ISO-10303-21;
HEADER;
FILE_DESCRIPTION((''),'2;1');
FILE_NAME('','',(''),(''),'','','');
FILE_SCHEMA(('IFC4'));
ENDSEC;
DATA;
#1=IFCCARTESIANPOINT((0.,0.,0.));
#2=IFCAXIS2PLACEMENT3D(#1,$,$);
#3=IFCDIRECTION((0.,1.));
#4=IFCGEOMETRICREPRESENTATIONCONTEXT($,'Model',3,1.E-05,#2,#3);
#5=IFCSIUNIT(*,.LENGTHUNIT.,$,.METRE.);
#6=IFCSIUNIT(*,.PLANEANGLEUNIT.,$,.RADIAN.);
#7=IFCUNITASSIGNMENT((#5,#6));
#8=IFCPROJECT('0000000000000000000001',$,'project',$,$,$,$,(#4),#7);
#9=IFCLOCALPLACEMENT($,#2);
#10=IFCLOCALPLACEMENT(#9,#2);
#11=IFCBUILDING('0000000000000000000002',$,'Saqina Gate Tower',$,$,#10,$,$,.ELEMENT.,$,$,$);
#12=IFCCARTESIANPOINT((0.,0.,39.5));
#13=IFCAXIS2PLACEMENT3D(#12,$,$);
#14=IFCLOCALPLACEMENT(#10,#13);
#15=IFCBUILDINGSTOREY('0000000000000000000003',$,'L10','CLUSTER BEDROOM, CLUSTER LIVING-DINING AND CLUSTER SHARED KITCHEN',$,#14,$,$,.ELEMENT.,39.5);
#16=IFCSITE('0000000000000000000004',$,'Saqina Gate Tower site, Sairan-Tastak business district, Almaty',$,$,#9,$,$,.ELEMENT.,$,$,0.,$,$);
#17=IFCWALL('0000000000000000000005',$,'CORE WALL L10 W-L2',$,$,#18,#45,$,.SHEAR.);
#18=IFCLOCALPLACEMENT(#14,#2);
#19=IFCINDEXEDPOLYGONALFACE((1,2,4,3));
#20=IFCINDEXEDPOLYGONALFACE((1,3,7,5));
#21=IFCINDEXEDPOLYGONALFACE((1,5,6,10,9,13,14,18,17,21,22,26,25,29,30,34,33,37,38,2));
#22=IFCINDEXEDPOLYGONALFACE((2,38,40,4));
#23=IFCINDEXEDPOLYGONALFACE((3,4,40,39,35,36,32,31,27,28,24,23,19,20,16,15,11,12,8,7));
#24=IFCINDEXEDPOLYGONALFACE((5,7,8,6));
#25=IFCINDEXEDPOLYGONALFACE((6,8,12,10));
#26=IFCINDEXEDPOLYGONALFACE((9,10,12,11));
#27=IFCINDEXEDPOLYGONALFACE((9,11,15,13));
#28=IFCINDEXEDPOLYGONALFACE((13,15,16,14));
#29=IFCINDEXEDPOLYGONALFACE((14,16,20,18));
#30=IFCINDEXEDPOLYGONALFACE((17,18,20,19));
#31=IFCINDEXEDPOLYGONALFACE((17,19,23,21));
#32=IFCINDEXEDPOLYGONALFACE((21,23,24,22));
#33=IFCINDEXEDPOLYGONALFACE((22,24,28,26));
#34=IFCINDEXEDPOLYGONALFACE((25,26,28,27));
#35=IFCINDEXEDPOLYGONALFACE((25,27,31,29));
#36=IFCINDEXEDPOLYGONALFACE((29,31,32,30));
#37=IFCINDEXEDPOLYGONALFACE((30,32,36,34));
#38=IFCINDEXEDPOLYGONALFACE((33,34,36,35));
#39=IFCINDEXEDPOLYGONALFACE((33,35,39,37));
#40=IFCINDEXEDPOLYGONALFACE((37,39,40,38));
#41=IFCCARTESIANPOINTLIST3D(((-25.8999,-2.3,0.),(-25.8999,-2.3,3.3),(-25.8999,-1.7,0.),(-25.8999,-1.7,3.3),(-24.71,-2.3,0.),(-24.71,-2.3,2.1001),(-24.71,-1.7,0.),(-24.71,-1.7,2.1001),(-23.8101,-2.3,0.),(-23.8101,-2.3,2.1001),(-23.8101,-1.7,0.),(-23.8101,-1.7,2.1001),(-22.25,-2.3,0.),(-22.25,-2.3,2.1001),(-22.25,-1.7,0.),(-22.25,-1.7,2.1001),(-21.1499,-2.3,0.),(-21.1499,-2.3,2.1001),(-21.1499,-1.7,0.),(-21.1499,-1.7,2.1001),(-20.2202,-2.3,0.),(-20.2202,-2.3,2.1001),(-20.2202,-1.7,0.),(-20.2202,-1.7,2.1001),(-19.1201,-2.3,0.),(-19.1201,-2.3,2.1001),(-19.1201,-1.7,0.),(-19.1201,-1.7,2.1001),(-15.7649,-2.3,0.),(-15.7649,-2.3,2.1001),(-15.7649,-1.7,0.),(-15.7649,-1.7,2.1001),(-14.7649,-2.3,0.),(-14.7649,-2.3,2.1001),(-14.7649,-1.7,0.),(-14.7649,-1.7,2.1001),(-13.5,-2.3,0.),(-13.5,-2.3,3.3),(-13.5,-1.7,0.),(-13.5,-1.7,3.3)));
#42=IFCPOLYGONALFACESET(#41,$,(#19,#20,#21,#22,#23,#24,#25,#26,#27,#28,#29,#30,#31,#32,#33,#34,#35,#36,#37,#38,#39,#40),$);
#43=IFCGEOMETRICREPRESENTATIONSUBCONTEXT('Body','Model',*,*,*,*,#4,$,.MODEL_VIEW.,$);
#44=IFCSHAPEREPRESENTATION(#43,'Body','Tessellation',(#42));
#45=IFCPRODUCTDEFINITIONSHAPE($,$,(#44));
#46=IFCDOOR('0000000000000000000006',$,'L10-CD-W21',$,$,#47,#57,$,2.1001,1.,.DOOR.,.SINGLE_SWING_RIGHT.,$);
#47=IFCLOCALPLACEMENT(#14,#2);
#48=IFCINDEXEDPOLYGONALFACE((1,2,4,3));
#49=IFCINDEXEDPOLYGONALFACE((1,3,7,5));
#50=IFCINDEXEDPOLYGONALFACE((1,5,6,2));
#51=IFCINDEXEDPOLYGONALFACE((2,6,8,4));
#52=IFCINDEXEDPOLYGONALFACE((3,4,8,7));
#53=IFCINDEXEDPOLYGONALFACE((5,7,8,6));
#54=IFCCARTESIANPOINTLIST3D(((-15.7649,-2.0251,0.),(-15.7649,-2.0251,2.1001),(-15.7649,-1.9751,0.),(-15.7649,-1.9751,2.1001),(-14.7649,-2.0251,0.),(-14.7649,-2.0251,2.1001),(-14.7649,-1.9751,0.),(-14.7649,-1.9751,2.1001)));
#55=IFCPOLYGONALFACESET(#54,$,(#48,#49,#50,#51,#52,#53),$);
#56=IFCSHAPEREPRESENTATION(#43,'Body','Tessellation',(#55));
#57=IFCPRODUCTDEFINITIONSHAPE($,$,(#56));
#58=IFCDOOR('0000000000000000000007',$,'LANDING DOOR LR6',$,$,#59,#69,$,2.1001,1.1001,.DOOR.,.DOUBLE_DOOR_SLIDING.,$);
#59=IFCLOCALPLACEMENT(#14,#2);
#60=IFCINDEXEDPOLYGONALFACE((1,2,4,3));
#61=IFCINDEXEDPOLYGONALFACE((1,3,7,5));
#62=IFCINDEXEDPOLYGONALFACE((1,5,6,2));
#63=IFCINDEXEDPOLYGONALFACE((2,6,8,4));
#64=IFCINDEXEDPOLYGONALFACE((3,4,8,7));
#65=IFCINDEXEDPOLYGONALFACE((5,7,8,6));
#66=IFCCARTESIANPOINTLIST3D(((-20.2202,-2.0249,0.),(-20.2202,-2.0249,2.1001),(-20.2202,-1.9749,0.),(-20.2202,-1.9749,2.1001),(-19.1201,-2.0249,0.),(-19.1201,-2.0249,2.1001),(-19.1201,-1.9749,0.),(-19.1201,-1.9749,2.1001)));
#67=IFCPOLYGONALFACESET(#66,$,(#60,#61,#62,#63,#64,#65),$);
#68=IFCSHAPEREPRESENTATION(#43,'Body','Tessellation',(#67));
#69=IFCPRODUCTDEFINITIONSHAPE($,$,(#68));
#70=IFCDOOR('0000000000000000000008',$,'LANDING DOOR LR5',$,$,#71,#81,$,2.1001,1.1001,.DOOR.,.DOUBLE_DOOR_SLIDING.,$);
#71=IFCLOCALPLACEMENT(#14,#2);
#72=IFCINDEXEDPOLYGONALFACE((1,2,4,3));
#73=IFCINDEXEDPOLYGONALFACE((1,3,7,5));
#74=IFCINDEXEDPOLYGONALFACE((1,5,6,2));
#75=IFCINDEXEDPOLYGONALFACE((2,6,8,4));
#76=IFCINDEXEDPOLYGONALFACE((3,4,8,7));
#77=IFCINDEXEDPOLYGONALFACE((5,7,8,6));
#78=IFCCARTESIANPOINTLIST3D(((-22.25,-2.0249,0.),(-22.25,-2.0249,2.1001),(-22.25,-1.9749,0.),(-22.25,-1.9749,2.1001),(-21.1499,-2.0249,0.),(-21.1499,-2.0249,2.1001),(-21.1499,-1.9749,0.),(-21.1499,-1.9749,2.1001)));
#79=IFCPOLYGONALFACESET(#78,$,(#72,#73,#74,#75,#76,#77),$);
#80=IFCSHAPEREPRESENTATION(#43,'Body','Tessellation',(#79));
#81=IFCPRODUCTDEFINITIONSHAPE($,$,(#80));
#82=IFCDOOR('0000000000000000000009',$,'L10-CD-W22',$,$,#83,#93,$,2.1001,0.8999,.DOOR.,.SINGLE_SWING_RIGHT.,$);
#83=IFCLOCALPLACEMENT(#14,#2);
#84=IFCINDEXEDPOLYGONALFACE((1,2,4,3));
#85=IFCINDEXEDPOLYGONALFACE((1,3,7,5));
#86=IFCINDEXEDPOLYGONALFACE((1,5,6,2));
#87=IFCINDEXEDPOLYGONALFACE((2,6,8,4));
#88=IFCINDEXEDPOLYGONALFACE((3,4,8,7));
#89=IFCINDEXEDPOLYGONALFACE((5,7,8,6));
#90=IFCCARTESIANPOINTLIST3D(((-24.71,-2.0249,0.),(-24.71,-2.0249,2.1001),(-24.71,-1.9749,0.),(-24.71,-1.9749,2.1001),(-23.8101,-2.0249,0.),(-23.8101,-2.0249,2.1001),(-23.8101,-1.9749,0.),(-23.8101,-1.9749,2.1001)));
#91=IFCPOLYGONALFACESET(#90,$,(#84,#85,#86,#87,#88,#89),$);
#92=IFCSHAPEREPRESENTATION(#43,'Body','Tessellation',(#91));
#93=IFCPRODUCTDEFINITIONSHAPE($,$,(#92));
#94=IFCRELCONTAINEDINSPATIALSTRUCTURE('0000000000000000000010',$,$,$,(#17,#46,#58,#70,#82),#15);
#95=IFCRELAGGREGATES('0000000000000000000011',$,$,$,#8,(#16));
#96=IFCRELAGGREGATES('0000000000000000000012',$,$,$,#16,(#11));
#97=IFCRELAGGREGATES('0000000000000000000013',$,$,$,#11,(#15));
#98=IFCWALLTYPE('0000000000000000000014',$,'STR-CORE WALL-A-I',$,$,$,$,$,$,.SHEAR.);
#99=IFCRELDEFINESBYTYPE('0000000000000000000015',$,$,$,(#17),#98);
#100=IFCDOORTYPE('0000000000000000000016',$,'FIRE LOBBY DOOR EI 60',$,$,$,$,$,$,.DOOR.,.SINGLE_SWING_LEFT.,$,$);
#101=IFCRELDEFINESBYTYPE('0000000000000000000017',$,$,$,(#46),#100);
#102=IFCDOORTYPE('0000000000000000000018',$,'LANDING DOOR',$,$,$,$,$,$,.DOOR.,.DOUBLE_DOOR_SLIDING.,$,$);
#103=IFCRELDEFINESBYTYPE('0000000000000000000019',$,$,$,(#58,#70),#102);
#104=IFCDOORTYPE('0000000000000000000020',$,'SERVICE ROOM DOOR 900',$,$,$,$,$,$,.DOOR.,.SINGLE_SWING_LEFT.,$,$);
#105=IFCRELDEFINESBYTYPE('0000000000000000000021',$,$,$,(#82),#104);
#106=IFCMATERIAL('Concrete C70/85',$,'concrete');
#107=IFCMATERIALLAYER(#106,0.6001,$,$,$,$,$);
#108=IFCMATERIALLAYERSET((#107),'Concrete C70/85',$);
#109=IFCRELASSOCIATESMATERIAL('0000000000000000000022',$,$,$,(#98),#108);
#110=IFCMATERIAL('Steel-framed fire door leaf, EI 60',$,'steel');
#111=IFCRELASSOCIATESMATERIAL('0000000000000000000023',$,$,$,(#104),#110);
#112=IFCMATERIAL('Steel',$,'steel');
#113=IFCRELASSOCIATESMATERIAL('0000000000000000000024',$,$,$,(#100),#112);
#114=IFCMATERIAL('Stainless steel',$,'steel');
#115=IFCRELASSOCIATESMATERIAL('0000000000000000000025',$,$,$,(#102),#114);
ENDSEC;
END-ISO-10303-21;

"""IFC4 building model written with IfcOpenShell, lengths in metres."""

from ifc_helpers import new_model, si_unit, direction, frame, frame_2d, origin, place, context, subcontext, project, spatial, rectangle, extrude, material, layer, layer_set, type_object, element, fill, save


model = new_model("IFC4")

# Units and contexts
model_context = context("Model", 3, precision=1e-05, world=origin(), true_north=direction((0.0, 1.0)))
body_context = subcontext(model_context, "Body", "Model", "MODEL_VIEW")
ifc_project = project(units=[si_unit("LENGTHUNIT", "METRE"), si_unit("PLANEANGLEUNIT", "RADIAN")], contexts=[model_context])

# Site, building, storey
site_placement = place(None, origin())
site = spatial("IfcSite", under=ifc_project, at=site_placement, Name="Saqina Gate Tower site, Sairan-Tastak business district, Almaty", CompositionType="ELEMENT", RefElevation=0.0)
building_placement = place(site_placement, origin())
building = spatial("IfcBuilding", under=site, at=building_placement, Name="Saqina Gate Tower", CompositionType="ELEMENT")
storey_placement = place(building_placement, frame((0.0, 0.0, 39.5)))
storey = spatial("IfcBuildingStorey", under=building, at=storey_placement, Name="L10", Description="CLUSTER BEDROOM, CLUSTER LIVING-DINING AND CLUSTER SHARED KITCHEN", CompositionType="ELEMENT", Elevation=39.5)

# Wall, openings, doors
ifc_material_1 = material(Name="Concrete C70/85", Category="concrete")
ifc_layer_1 = layer(ifc_material_1, 0.6001)
ifc_layer_set_1 = layer_set([ifc_layer_1], Name="Concrete C70/85")
wall_type_1 = type_object("IfcWallType", Name="STR-CORE WALL-A-I", PredefinedType="SHEAR", material=ifc_layer_set_1)
ifc_material_2 = material(Name="Steel-framed fire door leaf, EI 60", Category="steel")
door_type_1 = type_object("IfcDoorType", Name="SERVICE ROOM DOOR 900", OperationType="SINGLE_SWING_LEFT", PredefinedType="DOOR", material=ifc_material_2)
wall_1_placement = place(storey_placement, frame((-13.5, -2.0, 0.0), z_axis=(0.0, 0.0, 1.0), x_axis=(-1.0, 0.0, 0.0)))
wall_1 = element("IfcWall", 1, at=wall_1_placement, inside=storey, type_object=wall_type_1, Name="CORE WALL L10 W-L2", PredefinedType="SHEAR", context=body_context, shape_type="SweptSolid", body=[
    extrude(rectangle(XDim=12.3999, YDim=0.6001, at=frame_2d((6.2, 0.0))), origin(), (0.0, 0.0, 1.0), 3.3),
])
opening_1_placement = place(wall_1_placement, frame((5.6201, 0.0, 0.0)))
opening_1 = element("IfcOpeningElement", 2, at=opening_1_placement, cuts=wall_1, PredefinedType="OPENING", context=body_context, shape_type="SweptSolid", body=[
    extrude(rectangle(XDim=1.1001, YDim=2.1001, at=frame_2d((0.55, 1.05))), frame((0.0, 0.312, 0.0), z_axis=(0.0, -1.0, 0.0), x_axis=(1.0, 0.0, 0.0)), (0.0, 0.0, 1.0), 0.624),
])
opening_2_placement = place(wall_1_placement, frame((7.6499, 0.0, 0.0)))
opening_2 = element("IfcOpeningElement", 3, at=opening_2_placement, cuts=wall_1, PredefinedType="OPENING", context=body_context, shape_type="SweptSolid", body=[
    extrude(rectangle(XDim=1.1001, YDim=2.1001, at=frame_2d((0.55, 1.05))), frame((0.0, 0.312, 0.0), z_axis=(0.0, -1.0, 0.0), x_axis=(1.0, 0.0, 0.0)), (0.0, 0.0, 1.0), 0.624),
])
opening_3_placement = place(wall_1_placement, frame((1.2649, 0.0, 0.0)))
opening_3 = element("IfcOpeningElement", 4, at=opening_3_placement, cuts=wall_1, PredefinedType="OPENING", context=body_context, shape_type="SweptSolid", body=[
    extrude(rectangle(XDim=1.0, YDim=2.1001, at=frame_2d((0.5, 1.05))), frame((0.0, 0.312, 0.0), z_axis=(0.0, -1.0, 0.0), x_axis=(1.0, 0.0, 0.0)), (0.0, 0.0, 1.0), 0.624),
])
opening_4_placement = place(wall_1_placement, frame((10.3101, 0.0, 0.0)))
opening_4 = element("IfcOpeningElement", 5, at=opening_4_placement, cuts=wall_1, PredefinedType="OPENING", context=body_context, shape_type="SweptSolid", body=[
    extrude(rectangle(XDim=0.8999, YDim=2.1001, at=frame_2d((0.45, 1.05))), frame((0.0, 0.312, 0.0), z_axis=(0.0, -1.0, 0.0), x_axis=(1.0, 0.0, 0.0)), (0.0, 0.0, 1.0), 0.624),
])
ifc_material_3 = material(Name="Steel", Category="steel")
door_type_2 = type_object("IfcDoorType", Name="FIRE LOBBY DOOR EI 60", OperationType="SINGLE_SWING_LEFT", PredefinedType="DOOR", material=ifc_material_3)
door_1_placement = place(opening_3_placement, frame((1.0, 0.0, 0.0), z_axis=(0.0, 0.0, 1.0), x_axis=(-1.0, 0.0, 0.0)))
door_1 = element("IfcDoor", 6, at=door_1_placement, inside=storey, type_object=door_type_2, Name="L10-CD-W21", OperationType="SINGLE_SWING_RIGHT", OverallHeight=2.1001, OverallWidth=1.0, PredefinedType="DOOR", context=body_context, shape_type="SweptSolid", body=[
    extrude(rectangle(XDim=1.0, YDim=2.1001, at=frame_2d((0.5, 1.05))), frame((0.0, 0.0249, 0.0), z_axis=(0.0, -1.0, 0.0), x_axis=(1.0, 0.0, 0.0)), (0.0, 0.0, 1.0), 0.05),
])
fill(opening_3, door_1)
ifc_material_4 = material(Name="Stainless steel", Category="steel")
door_type_3 = type_object("IfcDoorType", Name="LANDING DOOR", OperationType="DOUBLE_DOOR_SLIDING", PredefinedType="DOOR", material=ifc_material_4)
door_2_placement = place(opening_1_placement, origin())
door_2 = element("IfcDoor", 7, at=door_2_placement, inside=storey, type_object=door_type_3, Name="LANDING DOOR LR6", OperationType="DOUBLE_DOOR_SLIDING", OverallHeight=2.1001, OverallWidth=1.1001, PredefinedType="DOOR", context=body_context, shape_type="SweptSolid", body=[
    extrude(rectangle(XDim=1.1001, YDim=2.1001, at=frame_2d((0.55, 1.05))), frame((0.0, 0.0249, 0.0), z_axis=(0.0, -1.0, 0.0), x_axis=(1.0, 0.0, 0.0)), (0.0, 0.0, 1.0), 0.05),
])
fill(opening_1, door_2)
door_3_placement = place(opening_2_placement, origin())
door_3 = element("IfcDoor", 8, at=door_3_placement, inside=storey, type_object=door_type_3, Name="LANDING DOOR LR5", OperationType="DOUBLE_DOOR_SLIDING", OverallHeight=2.1001, OverallWidth=1.1001, PredefinedType="DOOR", context=body_context, shape_type="SweptSolid", body=[
    extrude(rectangle(XDim=1.1001, YDim=2.1001, at=frame_2d((0.55, 1.05))), frame((0.0, 0.0249, 0.0), z_axis=(0.0, -1.0, 0.0), x_axis=(1.0, 0.0, 0.0)), (0.0, 0.0, 1.0), 0.05),
])
fill(opening_2, door_3)
door_4_placement = place(opening_4_placement, origin())
door_4 = element("IfcDoor", 9, at=door_4_placement, inside=storey, type_object=door_type_1, Name="L10-CD-W22", OperationType="SINGLE_SWING_RIGHT", OverallHeight=2.1001, OverallWidth=0.8999, PredefinedType="DOOR", context=body_context, shape_type="SweptSolid", body=[
    extrude(rectangle(XDim=0.8999, YDim=2.1001, at=frame_2d((0.45, 1.05))), frame((0.0, 0.0249, 0.0), z_axis=(0.0, -1.0, 0.0), x_axis=(1.0, 0.0, 0.0)), (0.0, 0.0, 1.0), 0.05),
])
fill(opening_4, door_4)

save(model, "model.ifc")
